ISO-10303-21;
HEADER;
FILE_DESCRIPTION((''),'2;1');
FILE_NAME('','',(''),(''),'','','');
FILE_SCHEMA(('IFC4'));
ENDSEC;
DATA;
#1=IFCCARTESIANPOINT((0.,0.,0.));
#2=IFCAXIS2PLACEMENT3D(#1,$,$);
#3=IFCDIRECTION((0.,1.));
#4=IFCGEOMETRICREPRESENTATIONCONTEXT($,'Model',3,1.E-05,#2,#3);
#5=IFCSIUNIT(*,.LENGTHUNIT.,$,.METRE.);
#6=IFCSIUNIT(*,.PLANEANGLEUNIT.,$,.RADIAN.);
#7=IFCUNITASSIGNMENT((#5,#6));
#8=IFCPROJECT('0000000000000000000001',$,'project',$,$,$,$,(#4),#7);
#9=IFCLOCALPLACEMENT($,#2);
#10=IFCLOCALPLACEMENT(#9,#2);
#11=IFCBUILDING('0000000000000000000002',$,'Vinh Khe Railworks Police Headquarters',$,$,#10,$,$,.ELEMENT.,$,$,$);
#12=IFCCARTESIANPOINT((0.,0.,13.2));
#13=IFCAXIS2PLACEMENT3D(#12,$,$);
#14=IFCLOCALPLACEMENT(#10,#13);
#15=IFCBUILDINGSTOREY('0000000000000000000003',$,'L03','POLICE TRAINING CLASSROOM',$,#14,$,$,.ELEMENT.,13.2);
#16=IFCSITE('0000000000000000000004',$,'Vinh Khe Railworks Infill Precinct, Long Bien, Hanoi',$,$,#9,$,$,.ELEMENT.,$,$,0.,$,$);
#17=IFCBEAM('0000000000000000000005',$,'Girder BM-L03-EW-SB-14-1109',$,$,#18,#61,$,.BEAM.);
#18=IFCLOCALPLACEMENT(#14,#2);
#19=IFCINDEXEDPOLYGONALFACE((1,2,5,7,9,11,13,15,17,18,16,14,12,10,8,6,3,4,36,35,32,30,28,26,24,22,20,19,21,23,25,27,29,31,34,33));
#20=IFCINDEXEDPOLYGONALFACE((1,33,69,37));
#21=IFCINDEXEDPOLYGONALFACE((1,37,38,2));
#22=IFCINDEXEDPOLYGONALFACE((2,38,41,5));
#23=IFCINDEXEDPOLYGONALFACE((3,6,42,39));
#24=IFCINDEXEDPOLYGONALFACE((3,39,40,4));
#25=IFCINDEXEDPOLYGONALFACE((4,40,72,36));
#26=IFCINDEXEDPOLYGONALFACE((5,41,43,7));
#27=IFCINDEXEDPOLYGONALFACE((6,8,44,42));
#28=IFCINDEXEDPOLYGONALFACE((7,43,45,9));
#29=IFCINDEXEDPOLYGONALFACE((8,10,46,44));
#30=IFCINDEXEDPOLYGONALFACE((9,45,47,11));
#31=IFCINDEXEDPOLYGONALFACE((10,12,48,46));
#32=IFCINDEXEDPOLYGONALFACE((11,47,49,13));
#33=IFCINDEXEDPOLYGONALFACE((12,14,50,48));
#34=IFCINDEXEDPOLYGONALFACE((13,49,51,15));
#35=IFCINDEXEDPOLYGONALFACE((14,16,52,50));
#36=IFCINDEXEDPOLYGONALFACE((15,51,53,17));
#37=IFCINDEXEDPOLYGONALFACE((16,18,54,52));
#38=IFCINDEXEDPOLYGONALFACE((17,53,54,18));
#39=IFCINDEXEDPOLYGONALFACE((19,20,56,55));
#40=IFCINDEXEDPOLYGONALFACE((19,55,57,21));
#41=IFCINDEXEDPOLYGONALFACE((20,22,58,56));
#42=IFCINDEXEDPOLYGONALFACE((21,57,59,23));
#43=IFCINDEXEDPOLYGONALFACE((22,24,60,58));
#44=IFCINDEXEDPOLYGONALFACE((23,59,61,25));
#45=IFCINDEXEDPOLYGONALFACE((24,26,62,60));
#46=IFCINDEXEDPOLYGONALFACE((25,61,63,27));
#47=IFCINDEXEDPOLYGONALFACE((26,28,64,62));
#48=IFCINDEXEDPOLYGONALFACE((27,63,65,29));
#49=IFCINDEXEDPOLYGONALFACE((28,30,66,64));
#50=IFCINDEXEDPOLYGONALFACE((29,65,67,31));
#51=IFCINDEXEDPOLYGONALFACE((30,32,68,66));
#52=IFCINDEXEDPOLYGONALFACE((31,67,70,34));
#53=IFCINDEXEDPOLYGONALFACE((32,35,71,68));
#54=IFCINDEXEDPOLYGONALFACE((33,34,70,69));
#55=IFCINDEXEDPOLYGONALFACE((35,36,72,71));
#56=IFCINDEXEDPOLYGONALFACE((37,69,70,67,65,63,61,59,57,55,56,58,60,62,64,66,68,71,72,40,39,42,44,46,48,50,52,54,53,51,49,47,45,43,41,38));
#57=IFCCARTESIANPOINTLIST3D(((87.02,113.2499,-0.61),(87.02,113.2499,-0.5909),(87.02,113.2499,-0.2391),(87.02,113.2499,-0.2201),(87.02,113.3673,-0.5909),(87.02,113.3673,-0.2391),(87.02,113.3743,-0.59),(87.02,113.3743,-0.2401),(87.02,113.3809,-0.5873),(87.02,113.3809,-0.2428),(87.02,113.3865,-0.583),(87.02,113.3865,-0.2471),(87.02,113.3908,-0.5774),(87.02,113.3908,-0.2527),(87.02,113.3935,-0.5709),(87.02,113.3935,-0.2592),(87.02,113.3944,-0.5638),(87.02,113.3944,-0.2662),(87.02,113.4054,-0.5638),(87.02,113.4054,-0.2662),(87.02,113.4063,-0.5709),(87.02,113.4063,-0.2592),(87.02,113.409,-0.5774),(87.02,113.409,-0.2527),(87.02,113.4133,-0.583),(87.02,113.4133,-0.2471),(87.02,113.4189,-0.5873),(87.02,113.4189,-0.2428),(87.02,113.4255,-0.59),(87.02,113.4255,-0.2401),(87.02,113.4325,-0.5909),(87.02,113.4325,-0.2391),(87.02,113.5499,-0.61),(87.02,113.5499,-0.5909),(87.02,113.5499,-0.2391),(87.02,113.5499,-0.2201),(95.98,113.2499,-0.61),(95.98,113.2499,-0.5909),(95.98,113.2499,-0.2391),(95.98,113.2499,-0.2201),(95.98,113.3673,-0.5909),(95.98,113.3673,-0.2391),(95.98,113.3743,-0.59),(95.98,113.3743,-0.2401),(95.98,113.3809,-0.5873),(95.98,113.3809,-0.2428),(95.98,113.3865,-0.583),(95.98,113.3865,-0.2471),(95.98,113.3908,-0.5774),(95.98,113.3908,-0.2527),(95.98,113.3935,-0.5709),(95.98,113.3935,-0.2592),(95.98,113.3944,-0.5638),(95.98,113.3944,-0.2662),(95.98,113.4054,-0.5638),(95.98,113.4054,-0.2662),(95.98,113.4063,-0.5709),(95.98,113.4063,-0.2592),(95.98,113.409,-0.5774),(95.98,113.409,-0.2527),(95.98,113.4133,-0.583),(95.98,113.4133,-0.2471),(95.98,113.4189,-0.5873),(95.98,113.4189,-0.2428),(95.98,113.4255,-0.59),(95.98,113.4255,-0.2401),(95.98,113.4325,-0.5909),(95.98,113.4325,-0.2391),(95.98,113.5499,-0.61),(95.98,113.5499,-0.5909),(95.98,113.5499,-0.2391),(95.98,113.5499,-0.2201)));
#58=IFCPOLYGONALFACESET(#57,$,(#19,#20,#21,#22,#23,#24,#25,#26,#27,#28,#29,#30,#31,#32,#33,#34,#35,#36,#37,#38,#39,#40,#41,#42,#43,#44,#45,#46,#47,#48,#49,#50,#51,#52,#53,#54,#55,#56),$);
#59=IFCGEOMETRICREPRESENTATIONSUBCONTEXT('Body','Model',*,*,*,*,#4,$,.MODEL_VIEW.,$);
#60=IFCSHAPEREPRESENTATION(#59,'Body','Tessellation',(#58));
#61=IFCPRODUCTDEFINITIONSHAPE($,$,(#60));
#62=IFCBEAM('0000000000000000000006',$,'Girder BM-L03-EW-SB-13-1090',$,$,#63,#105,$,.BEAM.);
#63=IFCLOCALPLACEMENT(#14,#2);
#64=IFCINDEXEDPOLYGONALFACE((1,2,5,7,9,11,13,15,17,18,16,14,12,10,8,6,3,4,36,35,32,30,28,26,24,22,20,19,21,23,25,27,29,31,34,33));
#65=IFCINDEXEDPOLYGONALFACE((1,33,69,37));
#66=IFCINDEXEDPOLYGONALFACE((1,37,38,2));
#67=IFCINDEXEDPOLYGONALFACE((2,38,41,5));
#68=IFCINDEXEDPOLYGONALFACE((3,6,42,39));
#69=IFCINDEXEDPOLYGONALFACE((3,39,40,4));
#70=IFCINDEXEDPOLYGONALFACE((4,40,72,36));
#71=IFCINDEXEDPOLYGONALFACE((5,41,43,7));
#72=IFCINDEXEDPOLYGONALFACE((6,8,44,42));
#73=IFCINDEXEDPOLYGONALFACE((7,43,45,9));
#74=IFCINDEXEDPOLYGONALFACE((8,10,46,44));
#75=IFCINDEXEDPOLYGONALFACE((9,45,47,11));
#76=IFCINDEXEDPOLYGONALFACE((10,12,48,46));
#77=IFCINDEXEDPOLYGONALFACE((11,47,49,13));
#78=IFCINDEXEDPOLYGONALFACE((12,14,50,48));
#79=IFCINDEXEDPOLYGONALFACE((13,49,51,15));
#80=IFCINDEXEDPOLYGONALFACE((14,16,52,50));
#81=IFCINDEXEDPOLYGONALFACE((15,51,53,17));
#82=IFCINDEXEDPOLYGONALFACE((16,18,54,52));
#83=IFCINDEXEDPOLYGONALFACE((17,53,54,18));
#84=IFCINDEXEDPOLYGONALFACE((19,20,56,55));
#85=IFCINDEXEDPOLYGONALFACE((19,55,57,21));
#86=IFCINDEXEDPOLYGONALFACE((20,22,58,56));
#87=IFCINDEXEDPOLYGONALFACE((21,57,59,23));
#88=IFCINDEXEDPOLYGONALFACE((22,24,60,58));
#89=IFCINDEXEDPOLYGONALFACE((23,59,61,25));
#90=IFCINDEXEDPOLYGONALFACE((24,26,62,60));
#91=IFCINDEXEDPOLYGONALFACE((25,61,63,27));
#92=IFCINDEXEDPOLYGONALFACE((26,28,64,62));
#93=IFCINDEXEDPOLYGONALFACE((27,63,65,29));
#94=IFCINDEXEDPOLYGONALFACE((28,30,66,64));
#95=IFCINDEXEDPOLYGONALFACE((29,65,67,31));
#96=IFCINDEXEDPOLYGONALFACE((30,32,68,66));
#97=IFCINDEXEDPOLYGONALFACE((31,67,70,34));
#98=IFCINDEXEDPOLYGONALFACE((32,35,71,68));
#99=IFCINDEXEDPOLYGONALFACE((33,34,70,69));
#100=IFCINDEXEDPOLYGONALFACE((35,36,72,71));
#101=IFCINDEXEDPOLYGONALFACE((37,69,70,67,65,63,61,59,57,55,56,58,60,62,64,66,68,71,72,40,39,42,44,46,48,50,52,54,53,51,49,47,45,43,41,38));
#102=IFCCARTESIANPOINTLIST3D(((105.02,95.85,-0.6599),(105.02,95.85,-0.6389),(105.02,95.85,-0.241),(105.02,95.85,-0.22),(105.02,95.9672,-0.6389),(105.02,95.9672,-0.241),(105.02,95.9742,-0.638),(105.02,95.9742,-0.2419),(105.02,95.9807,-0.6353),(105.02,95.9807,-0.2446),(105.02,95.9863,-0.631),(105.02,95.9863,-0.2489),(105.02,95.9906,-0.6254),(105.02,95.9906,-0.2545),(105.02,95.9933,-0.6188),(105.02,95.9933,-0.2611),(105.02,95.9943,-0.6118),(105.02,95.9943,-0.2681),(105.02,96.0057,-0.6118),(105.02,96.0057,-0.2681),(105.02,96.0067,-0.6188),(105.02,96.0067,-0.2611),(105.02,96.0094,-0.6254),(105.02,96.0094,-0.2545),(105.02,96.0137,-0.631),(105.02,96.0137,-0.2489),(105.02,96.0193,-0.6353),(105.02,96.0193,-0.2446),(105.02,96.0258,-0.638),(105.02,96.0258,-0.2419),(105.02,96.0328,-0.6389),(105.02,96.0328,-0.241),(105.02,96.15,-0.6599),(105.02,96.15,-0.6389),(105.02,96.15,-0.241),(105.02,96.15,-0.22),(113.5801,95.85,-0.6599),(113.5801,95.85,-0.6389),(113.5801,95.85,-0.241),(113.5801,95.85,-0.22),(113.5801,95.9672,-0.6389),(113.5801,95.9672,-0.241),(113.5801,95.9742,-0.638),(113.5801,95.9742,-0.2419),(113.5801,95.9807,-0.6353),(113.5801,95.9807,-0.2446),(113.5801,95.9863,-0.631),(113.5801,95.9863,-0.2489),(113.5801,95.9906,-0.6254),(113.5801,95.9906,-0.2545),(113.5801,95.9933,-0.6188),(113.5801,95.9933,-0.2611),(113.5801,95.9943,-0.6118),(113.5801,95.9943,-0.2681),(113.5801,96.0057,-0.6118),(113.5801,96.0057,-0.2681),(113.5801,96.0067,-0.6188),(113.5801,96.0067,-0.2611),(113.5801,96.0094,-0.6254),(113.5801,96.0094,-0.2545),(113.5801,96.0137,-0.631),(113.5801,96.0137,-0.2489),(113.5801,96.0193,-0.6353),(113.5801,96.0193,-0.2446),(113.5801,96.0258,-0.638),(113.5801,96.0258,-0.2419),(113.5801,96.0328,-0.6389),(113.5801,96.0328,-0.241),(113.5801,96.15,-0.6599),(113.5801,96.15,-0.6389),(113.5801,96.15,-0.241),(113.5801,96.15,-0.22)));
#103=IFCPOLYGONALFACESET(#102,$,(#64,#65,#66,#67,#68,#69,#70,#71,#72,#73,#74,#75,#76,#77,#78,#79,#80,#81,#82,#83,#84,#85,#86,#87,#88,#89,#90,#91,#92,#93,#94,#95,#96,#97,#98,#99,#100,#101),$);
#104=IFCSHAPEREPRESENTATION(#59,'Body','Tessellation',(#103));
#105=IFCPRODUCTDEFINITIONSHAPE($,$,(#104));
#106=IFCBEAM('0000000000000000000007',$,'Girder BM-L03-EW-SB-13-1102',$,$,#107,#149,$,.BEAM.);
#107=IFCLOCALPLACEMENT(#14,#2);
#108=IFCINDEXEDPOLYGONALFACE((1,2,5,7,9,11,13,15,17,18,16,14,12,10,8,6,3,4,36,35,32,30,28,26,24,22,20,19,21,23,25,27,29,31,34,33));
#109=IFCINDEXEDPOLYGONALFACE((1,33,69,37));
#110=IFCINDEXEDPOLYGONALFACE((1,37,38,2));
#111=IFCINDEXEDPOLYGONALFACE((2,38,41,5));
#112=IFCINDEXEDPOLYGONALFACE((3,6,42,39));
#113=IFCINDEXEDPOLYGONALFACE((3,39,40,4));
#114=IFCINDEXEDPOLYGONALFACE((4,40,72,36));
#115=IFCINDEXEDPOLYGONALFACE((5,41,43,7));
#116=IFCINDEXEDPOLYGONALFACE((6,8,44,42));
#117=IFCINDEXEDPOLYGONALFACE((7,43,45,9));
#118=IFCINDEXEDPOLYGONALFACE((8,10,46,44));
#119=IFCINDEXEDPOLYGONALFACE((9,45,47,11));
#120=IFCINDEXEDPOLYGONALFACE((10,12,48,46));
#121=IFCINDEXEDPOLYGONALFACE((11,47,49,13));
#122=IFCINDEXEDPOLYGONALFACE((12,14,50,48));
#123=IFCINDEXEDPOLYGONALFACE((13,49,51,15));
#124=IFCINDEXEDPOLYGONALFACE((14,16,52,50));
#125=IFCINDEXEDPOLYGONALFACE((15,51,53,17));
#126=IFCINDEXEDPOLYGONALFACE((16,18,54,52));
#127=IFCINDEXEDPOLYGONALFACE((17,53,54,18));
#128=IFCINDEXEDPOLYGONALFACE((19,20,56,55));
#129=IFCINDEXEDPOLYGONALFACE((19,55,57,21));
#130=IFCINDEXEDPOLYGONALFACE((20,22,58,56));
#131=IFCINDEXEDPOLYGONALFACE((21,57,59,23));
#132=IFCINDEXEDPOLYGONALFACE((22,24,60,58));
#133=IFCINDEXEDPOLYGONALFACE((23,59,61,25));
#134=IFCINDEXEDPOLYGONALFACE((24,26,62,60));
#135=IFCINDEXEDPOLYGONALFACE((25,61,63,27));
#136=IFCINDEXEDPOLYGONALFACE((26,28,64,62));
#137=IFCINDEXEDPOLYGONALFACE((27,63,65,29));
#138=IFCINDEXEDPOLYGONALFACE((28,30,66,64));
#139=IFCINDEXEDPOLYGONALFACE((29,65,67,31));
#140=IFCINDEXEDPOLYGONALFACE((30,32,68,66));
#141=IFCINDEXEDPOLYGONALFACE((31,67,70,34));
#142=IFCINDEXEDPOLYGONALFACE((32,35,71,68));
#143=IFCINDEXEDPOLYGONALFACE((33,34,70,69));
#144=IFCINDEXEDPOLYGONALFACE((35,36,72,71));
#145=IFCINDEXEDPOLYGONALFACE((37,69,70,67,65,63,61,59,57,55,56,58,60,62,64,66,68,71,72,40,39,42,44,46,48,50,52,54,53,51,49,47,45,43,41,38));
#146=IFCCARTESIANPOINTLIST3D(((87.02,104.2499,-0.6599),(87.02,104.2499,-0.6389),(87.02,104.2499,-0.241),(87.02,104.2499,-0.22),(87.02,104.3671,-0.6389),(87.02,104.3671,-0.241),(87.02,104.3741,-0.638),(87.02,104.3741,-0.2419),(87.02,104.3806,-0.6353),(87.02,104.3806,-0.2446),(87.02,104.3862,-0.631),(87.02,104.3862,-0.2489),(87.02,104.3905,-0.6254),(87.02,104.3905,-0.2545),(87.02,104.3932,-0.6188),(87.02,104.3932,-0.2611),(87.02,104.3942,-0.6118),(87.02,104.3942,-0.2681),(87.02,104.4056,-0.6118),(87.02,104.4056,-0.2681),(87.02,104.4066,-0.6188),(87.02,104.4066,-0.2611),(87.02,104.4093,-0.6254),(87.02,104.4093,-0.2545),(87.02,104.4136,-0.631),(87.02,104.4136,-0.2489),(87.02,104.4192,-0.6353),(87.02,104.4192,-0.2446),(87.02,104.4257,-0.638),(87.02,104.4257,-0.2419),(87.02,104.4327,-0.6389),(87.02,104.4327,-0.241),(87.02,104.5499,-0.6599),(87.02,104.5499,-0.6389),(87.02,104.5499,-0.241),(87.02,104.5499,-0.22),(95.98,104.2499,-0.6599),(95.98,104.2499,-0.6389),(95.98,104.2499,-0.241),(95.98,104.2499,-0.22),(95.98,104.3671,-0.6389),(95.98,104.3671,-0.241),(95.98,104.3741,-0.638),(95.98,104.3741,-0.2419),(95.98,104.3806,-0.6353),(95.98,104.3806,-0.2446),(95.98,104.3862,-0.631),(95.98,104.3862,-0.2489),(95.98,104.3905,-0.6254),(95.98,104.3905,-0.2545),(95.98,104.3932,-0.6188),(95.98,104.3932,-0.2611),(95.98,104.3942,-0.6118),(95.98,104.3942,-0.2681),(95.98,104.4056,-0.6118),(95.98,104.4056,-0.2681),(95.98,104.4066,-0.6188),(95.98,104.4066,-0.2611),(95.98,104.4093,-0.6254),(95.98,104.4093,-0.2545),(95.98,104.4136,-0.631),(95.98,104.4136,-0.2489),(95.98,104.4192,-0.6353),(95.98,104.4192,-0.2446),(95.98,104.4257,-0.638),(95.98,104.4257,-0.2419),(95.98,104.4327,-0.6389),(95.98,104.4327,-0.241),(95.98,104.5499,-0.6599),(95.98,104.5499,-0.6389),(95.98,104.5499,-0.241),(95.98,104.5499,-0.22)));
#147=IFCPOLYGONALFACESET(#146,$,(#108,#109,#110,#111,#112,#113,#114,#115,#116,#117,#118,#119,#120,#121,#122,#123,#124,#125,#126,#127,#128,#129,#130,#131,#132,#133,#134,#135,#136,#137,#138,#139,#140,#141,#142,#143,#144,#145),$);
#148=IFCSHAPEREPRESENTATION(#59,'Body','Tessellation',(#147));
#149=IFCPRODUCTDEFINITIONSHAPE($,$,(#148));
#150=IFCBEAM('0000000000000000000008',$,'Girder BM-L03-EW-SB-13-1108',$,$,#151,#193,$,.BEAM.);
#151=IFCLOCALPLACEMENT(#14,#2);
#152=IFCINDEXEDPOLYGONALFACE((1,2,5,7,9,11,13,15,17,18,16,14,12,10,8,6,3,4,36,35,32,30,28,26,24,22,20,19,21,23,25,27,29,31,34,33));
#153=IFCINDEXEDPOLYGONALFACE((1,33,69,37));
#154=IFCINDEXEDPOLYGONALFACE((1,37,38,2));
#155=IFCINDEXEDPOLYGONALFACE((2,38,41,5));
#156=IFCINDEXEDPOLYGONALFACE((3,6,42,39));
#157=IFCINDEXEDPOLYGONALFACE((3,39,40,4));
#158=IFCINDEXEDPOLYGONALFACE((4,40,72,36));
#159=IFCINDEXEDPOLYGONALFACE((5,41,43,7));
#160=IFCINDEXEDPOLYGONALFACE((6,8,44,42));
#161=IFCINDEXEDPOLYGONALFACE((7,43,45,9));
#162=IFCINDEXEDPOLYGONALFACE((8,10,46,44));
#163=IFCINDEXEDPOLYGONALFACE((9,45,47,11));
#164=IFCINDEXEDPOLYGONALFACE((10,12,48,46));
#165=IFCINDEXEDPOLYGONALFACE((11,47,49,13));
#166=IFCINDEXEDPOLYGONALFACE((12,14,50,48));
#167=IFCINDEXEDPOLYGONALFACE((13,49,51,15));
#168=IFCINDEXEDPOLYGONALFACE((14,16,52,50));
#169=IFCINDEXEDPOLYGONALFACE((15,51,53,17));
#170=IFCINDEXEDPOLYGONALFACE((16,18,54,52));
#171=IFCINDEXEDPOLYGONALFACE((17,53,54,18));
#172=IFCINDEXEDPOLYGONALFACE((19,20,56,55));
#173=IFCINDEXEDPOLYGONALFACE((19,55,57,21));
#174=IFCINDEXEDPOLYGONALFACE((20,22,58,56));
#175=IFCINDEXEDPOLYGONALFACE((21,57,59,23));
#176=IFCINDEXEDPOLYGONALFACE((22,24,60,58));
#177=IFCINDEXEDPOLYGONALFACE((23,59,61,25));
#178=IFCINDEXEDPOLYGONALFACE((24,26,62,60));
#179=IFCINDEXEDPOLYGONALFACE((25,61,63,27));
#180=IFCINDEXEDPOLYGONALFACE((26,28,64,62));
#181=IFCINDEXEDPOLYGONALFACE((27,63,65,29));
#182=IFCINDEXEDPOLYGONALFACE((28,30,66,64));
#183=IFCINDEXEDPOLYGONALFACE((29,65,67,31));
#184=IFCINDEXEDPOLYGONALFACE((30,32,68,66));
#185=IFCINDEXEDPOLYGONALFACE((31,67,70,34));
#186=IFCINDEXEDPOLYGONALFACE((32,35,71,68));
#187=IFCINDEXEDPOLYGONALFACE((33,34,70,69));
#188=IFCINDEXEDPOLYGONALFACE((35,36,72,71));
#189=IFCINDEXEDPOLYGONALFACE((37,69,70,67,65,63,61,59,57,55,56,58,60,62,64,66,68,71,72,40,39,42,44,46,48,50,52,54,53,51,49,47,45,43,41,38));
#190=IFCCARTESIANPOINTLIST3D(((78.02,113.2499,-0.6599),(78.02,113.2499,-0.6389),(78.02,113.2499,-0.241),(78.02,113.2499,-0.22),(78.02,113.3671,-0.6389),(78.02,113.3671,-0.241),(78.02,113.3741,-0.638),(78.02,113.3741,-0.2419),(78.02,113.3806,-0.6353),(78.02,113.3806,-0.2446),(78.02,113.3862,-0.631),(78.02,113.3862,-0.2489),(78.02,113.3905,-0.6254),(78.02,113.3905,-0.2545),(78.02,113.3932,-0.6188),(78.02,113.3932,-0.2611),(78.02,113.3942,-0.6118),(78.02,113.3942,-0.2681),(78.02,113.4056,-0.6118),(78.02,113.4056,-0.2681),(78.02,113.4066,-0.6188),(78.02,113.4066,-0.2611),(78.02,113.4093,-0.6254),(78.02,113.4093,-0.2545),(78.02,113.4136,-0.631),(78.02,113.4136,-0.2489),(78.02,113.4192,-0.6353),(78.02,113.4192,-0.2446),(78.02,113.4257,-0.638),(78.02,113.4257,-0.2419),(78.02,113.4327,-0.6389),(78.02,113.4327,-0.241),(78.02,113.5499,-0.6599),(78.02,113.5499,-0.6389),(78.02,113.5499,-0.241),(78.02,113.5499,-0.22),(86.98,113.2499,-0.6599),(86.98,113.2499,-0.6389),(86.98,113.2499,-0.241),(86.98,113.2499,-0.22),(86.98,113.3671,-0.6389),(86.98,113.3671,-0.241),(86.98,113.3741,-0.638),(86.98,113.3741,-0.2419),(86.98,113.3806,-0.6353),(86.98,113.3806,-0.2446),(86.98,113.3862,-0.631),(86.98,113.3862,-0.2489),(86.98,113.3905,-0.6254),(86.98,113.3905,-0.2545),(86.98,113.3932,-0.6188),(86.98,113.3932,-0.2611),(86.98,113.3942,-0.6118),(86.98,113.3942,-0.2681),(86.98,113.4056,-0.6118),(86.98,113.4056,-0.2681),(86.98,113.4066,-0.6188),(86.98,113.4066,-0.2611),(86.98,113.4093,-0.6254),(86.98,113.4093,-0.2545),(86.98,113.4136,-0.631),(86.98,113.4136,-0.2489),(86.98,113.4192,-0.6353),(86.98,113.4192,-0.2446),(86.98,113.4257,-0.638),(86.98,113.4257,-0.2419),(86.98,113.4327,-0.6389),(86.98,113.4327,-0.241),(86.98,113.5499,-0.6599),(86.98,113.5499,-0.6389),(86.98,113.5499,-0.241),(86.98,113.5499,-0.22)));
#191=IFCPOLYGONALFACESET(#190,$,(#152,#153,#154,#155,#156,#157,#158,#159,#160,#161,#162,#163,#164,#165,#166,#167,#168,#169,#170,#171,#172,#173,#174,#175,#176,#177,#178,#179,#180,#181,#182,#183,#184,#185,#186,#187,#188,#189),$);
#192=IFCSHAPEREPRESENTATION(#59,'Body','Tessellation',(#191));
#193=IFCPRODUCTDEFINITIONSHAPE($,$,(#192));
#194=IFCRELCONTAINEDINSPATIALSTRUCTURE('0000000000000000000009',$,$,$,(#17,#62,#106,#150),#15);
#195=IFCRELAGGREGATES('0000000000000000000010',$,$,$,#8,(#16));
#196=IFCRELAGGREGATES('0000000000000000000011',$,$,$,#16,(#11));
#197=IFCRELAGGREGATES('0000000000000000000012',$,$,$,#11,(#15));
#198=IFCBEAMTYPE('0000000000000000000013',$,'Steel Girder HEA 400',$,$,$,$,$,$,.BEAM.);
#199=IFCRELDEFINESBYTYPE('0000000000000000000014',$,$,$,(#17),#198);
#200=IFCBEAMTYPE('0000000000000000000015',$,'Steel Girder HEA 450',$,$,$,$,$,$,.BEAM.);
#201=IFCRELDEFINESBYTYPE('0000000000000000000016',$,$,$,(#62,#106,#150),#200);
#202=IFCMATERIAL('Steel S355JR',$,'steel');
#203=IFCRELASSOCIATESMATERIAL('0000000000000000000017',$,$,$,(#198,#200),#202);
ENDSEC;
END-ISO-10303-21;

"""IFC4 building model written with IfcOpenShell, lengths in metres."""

from ifc_helpers import new_model, si_unit, direction, frame, origin, origin_2d, place, context, subcontext, project, spatial, i_section, extrude, material, material_profile, profile_set, type_object, element, save


model = new_model("IFC4")

# Units and contexts
model_context = context("Model", 3, precision=1e-05, world=origin(), true_north=direction((0.0, 1.0)))
body_context = subcontext(model_context, "Body", "Model", "MODEL_VIEW")
ifc_project = project(units=[si_unit("LENGTHUNIT", "METRE"), si_unit("PLANEANGLEUNIT", "RADIAN")], contexts=[model_context])

# Site, building, storey
site_placement = place(None, origin())
site = spatial("IfcSite", under=ifc_project, at=site_placement, Name="Vinh Khe Railworks Infill Precinct, Long Bien, Hanoi", CompositionType="ELEMENT", RefElevation=0.0)
building_placement = place(site_placement, origin())
building = spatial("IfcBuilding", under=site, at=building_placement, Name="Vinh Khe Railworks Police Headquarters", CompositionType="ELEMENT")
storey_placement = place(building_placement, frame((0.0, 0.0, 13.2)))
storey = spatial("IfcBuildingStorey", under=building, at=storey_placement, Name="L03", Description="POLICE TRAINING CLASSROOM", CompositionType="ELEMENT", Elevation=13.2)

# Beams
ifc_material_1 = material(Name="Steel S355JR", Category="steel")
ifc_material_profile_1 = material_profile(ifc_material_1, i_section(OverallWidth=0.3, OverallDepth=0.3899, WebThickness=0.011, FlangeThickness=0.019, FilletRadius=0.0271, at=origin_2d()), Name="HEA 400")
ifc_profile_set_1 = profile_set([ifc_material_profile_1], Name="Steel S355JR")
beam_type_1 = type_object("IfcBeamType", Name="Steel Girder HEA 400", PredefinedType="BEAM", material=ifc_profile_set_1)
for number, where, z_axis, x_axis, name in (
    (1, (87.02, 113.3999, -0.415), (1.0, 0.0, 0.0), (0.0, 1.0, 0.0), "Girder BM-L03-EW-SB-14-1109"),
):
    element("IfcBeam", number, at=place(storey_placement, frame(where, z_axis=z_axis, x_axis=x_axis)), inside=storey, type_object=beam_type_1, Name=name, PredefinedType="BEAM", context=body_context, shape_type="SweptSolid", body=[
        extrude(i_section(OverallWidth=0.3, OverallDepth=0.3899, WebThickness=0.011, FlangeThickness=0.019, FilletRadius=0.0271, at=origin_2d()), origin(), (0.0, 0.0, 1.0), 8.96),
    ])
ifc_material_profile_2 = material_profile(ifc_material_1, i_section(OverallWidth=0.3, OverallDepth=0.4399, WebThickness=0.0115, FlangeThickness=0.021, FilletRadius=0.0271, at=origin_2d()), Name="HEA 450")
ifc_profile_set_2 = profile_set([ifc_material_profile_2], Name="Steel S355JR")
beam_type_2 = type_object("IfcBeamType", Name="Steel Girder HEA 450", PredefinedType="BEAM", material=ifc_profile_set_2)
beam_1_placement = place(storey_placement, frame((105.02, 96.0, -0.4399), z_axis=(1.0, 0.0, 0.0), x_axis=(0.0, 1.0, 0.0)))
element("IfcBeam", 2, at=beam_1_placement, inside=storey, type_object=beam_type_2, Name="Girder BM-L03-EW-SB-13-1090", PredefinedType="BEAM", context=body_context, shape_type="SweptSolid", body=[
    extrude(i_section(OverallWidth=0.3, OverallDepth=0.4399, WebThickness=0.0115, FlangeThickness=0.021, FilletRadius=0.0271, at=origin_2d()), origin(), (0.0, 0.0, 1.0), 8.5601),
])
for number, where, z_axis, x_axis, name in (
    (3, (87.02, 104.3999, -0.4399), (1.0, 0.0, 0.0), (0.0, 1.0, 0.0), "Girder BM-L03-EW-SB-13-1102"),
    (4, (78.02, 113.3999, -0.4399), (1.0, 0.0, 0.0), (0.0, 1.0, 0.0), "Girder BM-L03-EW-SB-13-1108"),
):
    element("IfcBeam", number, at=place(storey_placement, frame(where, z_axis=z_axis, x_axis=x_axis)), inside=storey, type_object=beam_type_2, Name=name, PredefinedType="BEAM", context=body_context, shape_type="SweptSolid", body=[
        extrude(i_section(OverallWidth=0.3, OverallDepth=0.4399, WebThickness=0.0115, FlangeThickness=0.021, FilletRadius=0.0271, at=origin_2d()), origin(), (0.0, 0.0, 1.0), 8.96),
    ])

save(model, "model.ifc")
